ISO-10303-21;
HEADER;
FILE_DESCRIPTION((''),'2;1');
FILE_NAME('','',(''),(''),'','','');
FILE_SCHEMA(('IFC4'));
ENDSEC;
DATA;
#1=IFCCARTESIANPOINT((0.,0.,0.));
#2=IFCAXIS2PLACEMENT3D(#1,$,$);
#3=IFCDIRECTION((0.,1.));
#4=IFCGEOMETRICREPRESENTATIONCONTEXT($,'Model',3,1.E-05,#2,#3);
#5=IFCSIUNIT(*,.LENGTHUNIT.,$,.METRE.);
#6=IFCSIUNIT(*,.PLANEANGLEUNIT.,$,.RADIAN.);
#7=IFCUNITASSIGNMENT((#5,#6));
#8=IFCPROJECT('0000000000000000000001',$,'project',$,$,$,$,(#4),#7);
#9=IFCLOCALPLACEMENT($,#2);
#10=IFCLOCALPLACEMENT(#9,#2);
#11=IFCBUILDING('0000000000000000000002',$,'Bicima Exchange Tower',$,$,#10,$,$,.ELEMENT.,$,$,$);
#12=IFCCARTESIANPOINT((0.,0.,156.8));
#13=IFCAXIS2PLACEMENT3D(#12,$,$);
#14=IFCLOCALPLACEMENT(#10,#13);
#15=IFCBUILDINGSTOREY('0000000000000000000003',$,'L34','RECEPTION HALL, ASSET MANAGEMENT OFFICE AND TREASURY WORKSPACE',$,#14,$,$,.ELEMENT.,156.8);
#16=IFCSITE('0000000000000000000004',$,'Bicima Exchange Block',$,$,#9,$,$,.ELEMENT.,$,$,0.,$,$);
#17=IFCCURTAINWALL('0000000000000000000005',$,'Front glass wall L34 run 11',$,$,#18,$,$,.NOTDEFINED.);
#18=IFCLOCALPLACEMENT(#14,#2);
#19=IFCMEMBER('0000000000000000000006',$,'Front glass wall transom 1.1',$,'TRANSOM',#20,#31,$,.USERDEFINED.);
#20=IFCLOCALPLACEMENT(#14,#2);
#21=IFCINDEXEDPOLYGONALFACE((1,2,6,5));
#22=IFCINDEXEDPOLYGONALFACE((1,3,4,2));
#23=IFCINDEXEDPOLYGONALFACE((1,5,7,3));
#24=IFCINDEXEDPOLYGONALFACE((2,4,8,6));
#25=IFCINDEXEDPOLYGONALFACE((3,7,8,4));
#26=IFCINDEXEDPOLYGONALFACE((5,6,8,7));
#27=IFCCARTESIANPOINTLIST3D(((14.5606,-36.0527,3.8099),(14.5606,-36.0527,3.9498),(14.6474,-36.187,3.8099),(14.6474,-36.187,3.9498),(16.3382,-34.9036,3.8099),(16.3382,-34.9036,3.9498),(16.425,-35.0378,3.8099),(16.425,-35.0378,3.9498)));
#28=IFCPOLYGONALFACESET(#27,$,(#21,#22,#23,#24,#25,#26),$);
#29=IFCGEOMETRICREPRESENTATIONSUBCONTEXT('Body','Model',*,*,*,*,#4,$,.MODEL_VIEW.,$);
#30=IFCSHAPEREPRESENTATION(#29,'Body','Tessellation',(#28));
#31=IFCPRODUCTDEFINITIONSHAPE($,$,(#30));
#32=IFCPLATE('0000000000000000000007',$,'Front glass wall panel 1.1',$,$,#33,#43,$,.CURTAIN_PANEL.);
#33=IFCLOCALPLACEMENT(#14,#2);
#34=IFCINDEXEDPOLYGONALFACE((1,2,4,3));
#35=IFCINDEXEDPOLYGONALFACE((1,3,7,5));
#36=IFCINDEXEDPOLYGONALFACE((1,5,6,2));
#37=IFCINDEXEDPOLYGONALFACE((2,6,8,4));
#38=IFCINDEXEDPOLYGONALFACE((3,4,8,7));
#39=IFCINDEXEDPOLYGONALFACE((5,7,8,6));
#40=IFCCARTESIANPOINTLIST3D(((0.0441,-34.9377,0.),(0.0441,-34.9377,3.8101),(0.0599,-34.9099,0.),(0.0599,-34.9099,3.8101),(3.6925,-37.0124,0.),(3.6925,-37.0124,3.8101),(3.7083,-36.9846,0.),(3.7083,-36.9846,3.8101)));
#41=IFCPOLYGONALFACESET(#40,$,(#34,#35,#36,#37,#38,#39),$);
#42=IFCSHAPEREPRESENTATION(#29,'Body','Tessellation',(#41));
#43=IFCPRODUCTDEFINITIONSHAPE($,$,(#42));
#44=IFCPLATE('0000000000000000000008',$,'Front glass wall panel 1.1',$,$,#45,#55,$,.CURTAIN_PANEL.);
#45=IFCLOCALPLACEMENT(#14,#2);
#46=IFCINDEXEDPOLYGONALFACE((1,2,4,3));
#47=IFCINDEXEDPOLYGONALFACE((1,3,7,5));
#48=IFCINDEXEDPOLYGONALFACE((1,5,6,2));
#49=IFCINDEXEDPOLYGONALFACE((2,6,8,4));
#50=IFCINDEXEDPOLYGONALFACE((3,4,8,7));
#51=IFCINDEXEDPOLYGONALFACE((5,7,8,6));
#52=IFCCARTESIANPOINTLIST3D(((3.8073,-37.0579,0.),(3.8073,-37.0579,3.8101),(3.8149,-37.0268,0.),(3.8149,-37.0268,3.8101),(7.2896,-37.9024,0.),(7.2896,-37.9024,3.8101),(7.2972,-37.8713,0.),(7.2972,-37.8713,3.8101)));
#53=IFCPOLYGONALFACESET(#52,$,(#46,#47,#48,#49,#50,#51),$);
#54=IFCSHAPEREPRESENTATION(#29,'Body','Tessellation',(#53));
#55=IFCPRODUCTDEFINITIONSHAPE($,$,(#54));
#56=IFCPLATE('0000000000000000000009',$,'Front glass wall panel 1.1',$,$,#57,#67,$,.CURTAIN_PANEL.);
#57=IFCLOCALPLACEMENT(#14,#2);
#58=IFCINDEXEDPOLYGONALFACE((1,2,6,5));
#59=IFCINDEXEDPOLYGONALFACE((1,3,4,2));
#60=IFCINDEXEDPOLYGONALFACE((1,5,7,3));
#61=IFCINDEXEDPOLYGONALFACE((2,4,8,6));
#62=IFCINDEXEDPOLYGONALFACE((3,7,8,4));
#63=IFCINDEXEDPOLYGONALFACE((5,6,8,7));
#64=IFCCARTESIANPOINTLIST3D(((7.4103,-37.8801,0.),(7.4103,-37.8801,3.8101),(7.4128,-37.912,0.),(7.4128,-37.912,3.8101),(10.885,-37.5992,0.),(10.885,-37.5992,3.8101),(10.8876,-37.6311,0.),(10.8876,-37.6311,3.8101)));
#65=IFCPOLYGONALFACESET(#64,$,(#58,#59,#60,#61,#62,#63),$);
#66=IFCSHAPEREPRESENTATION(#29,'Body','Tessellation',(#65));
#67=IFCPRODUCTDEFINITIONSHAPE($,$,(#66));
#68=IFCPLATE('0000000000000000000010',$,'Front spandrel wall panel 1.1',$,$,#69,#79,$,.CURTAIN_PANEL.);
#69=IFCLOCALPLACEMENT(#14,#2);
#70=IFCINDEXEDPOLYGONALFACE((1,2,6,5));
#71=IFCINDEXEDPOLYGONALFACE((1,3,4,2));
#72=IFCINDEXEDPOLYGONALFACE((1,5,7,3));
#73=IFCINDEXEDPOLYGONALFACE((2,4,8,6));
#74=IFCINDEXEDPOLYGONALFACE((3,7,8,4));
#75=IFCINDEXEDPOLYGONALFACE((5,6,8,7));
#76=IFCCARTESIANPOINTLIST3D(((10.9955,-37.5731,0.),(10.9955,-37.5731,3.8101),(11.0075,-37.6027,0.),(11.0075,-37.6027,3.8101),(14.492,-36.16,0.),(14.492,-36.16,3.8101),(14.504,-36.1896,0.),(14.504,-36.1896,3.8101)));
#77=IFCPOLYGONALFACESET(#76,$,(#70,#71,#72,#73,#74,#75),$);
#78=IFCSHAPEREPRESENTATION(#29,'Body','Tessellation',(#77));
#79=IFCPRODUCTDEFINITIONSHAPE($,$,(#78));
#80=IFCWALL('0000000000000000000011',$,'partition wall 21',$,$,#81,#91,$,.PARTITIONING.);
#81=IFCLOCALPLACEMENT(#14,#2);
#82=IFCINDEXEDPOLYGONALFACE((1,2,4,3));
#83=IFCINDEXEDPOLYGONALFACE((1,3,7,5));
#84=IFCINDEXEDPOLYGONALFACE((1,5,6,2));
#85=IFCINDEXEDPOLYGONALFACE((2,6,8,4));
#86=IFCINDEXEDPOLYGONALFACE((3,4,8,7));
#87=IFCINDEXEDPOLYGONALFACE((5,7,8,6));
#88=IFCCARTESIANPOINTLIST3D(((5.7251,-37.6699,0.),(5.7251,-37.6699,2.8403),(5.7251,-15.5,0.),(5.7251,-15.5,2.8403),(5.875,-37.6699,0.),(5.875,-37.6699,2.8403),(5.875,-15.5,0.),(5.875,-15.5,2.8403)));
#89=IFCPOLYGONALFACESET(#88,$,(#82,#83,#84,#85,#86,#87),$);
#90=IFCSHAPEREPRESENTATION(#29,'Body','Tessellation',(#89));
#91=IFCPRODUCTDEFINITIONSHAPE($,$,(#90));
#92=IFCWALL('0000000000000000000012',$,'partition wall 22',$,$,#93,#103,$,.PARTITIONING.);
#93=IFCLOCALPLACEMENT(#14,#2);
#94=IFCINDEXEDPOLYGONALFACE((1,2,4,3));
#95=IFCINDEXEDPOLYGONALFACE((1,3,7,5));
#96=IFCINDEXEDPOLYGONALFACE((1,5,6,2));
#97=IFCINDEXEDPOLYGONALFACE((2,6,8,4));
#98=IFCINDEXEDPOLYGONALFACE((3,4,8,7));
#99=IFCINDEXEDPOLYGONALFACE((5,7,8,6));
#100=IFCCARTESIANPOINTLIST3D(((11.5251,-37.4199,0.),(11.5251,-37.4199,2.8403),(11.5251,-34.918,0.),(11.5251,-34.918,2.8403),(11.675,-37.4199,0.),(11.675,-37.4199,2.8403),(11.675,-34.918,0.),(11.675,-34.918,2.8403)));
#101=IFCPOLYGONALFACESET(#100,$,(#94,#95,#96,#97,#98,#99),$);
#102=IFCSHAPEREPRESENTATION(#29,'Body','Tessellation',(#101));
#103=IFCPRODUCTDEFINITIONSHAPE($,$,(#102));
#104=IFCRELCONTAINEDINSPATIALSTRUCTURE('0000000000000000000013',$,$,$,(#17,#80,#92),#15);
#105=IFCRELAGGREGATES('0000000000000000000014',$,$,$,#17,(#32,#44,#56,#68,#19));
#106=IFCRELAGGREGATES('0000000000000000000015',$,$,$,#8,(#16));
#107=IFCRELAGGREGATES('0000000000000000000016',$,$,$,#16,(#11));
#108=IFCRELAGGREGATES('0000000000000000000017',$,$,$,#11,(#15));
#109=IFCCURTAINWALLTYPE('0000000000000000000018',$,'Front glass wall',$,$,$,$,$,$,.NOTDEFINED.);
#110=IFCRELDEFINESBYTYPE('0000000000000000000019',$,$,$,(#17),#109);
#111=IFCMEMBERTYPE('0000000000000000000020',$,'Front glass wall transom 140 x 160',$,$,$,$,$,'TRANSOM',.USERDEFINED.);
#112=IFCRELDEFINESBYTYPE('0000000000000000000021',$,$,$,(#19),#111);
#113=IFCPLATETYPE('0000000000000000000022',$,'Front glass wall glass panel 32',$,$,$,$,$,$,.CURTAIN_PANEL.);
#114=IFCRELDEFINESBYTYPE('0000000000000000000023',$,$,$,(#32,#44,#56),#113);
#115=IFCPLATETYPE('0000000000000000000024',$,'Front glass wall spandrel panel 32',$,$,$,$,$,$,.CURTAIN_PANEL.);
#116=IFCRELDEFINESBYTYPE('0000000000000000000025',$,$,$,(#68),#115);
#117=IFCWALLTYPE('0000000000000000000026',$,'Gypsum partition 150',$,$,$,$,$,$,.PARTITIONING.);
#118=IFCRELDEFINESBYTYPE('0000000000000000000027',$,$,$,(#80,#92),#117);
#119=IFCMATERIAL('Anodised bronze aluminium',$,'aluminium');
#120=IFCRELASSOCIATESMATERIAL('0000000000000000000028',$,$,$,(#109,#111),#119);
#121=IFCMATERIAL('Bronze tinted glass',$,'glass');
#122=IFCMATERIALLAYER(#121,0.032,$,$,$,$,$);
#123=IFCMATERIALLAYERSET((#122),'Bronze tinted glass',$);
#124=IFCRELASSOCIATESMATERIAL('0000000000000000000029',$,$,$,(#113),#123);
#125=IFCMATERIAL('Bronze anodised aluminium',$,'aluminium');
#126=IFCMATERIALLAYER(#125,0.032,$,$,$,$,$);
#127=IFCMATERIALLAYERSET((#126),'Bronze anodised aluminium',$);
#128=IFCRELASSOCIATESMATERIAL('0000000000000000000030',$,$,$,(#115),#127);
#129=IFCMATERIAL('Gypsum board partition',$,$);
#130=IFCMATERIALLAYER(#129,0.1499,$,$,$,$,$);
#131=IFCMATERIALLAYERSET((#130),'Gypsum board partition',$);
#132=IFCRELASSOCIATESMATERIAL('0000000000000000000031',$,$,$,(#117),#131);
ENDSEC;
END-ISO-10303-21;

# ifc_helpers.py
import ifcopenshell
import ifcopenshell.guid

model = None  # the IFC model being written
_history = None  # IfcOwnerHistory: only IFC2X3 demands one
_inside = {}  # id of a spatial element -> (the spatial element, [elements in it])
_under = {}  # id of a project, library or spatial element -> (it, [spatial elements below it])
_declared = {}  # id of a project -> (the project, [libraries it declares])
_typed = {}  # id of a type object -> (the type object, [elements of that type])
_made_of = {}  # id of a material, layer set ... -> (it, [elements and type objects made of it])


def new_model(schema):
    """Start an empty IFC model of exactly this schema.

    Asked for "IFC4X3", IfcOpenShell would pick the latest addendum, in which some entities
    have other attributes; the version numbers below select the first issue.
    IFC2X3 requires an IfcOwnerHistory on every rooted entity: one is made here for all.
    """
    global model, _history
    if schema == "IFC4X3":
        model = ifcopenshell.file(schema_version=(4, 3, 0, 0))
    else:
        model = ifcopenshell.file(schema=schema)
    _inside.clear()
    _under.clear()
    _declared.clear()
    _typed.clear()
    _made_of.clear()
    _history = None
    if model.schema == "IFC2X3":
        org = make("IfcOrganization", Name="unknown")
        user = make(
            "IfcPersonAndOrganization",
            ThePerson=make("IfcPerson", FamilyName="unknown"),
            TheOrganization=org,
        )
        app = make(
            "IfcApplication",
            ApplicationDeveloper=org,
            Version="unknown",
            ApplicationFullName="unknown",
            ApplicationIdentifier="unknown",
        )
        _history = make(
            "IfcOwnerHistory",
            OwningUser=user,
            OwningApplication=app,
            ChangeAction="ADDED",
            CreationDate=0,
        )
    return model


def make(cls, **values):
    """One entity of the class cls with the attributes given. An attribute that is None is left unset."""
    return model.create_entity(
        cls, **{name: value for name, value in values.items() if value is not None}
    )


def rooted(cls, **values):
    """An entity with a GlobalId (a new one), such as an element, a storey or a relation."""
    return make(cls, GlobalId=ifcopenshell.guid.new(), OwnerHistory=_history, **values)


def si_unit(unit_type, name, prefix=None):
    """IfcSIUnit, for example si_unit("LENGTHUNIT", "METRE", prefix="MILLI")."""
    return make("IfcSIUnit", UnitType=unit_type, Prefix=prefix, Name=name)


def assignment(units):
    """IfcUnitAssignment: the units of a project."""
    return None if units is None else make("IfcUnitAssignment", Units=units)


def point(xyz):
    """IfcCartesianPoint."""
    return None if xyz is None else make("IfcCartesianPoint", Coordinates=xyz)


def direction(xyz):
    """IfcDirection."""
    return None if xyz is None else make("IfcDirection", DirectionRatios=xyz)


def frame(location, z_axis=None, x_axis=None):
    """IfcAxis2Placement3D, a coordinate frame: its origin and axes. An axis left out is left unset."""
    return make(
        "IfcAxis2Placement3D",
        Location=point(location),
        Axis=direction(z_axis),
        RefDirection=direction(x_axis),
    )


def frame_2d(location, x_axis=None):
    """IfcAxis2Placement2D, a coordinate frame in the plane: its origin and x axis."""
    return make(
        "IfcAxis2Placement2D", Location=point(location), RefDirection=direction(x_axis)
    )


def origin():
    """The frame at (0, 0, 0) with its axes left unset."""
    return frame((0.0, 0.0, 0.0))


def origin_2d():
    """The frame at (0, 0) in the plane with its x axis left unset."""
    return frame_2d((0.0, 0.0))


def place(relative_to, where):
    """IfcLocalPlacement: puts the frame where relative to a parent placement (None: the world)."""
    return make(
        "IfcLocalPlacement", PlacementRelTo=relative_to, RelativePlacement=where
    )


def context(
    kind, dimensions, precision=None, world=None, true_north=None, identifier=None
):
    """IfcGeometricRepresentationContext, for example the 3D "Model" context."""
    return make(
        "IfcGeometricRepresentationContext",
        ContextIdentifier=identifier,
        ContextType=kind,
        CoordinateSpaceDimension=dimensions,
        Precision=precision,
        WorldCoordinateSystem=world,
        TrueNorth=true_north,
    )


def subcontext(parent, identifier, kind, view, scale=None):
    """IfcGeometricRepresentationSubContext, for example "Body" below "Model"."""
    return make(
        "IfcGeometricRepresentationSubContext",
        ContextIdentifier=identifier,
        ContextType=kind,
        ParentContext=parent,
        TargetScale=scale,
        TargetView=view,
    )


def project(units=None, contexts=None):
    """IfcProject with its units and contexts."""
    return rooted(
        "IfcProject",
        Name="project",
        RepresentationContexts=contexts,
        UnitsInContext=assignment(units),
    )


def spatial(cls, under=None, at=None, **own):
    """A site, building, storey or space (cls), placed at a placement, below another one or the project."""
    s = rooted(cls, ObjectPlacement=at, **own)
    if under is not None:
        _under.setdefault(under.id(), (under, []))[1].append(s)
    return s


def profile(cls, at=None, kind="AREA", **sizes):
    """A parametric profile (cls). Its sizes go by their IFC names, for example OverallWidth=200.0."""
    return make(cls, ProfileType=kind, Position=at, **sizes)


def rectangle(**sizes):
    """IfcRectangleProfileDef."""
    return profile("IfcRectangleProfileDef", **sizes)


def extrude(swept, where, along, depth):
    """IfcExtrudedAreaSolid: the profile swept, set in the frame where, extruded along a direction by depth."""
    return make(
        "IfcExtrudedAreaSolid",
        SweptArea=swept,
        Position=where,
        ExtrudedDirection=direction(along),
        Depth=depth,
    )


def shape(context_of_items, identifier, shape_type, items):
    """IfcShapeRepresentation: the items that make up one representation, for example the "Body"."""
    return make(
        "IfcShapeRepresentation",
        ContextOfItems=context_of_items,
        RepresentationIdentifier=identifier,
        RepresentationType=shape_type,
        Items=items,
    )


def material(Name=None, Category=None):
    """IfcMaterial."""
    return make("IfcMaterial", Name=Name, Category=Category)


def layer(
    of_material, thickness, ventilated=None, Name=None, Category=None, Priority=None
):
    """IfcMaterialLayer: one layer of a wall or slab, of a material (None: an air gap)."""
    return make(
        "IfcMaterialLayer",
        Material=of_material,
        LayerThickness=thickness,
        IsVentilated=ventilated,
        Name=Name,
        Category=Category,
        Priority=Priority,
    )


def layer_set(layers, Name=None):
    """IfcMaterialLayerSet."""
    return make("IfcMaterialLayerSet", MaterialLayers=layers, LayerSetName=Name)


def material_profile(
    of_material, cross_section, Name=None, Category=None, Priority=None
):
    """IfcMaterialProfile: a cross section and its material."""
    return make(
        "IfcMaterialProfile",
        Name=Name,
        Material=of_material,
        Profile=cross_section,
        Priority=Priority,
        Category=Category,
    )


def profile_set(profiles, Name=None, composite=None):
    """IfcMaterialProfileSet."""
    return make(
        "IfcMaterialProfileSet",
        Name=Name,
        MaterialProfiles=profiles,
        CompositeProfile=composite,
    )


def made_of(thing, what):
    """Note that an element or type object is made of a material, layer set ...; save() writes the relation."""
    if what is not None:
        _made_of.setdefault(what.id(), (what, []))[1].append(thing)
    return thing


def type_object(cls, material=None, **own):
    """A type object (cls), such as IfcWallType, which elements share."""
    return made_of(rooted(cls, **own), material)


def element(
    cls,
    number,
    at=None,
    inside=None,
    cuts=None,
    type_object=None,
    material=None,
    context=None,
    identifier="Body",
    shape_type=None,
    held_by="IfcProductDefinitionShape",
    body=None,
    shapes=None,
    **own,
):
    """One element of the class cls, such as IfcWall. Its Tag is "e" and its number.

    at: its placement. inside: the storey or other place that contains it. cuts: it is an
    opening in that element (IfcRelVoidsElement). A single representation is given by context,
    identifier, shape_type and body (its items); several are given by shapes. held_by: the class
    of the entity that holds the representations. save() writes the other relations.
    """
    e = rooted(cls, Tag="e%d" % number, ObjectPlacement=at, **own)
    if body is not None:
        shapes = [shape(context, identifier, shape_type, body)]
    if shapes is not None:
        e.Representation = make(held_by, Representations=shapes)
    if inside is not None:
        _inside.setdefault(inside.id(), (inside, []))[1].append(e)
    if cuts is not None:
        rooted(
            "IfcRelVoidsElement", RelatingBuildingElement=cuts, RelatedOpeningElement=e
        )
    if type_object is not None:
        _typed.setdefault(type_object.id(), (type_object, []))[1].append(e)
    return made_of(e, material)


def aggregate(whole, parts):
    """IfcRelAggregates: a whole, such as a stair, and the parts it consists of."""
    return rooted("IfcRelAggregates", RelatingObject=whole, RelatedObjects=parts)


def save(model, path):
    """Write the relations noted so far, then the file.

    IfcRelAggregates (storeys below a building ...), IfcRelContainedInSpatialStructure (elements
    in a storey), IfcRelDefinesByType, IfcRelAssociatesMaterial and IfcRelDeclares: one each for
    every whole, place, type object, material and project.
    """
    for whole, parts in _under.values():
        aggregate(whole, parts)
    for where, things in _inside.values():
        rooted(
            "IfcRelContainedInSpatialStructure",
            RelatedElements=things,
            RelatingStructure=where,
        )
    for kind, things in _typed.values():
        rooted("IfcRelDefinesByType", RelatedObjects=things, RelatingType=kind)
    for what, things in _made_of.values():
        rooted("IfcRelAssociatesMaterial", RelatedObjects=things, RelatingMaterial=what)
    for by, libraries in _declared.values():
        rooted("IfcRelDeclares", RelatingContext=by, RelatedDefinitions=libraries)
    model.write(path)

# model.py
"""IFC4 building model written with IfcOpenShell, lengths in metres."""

from ifc_helpers import new_model, si_unit, direction, frame, frame_2d, origin, origin_2d, place, context, subcontext, project, spatial, rectangle, extrude, material, layer, layer_set, material_profile, profile_set, type_object, element, aggregate, save


model = new_model("IFC4")

# Units and contexts
model_context = context("Model", 3, precision=1e-05, world=origin(), true_north=direction((0.0, 1.0)))
body_context = subcontext(model_context, "Body", "Model", "MODEL_VIEW")
ifc_project = project(units=[si_unit("LENGTHUNIT", "METRE"), si_unit("PLANEANGLEUNIT", "RADIAN")], contexts=[model_context])

# Site, building, storey
site_placement = place(None, origin())
site = spatial("IfcSite", under=ifc_project, at=site_placement, Name="Bicima Exchange Block", CompositionType="ELEMENT", RefElevation=0.0)
building_placement = place(site_placement, origin())
building = spatial("IfcBuilding", under=site, at=building_placement, Name="Bicima Exchange Tower", CompositionType="ELEMENT")
storey_placement = place(building_placement, frame((0.0, 0.0, 156.8)))
storey = spatial("IfcBuildingStorey", under=building, at=storey_placement, Name="L34", Description="RECEPTION HALL, ASSET MANAGEMENT OFFICE AND TREASURY WORKSPACE", CompositionType="ELEMENT", Elevation=156.8)

# Curtain wall, member, plates
ifc_material_1 = material(Name="Anodised bronze aluminium", Category="aluminium")
curtain_wall_type = type_object("IfcCurtainWallType", Name="Front glass wall", PredefinedType="NOTDEFINED", material=ifc_material_1)
curtain_wall_placement = place(storey_placement, origin())
curtain_wall = element("IfcCurtainWall", 1, at=curtain_wall_placement, inside=storey, type_object=curtain_wall_type, Name="Front glass wall L34 run 11", PredefinedType="NOTDEFINED")
ifc_material_profile_1 = material_profile(ifc_material_1, rectangle(XDim=0.1599, YDim=0.1399, at=origin_2d()))
ifc_profile_set_1 = profile_set([ifc_material_profile_1], Name="Anodised bronze aluminium")
member_type_1 = type_object("IfcMemberType", Name="Front glass wall transom 140 x 160", ElementType="TRANSOM", PredefinedType="USERDEFINED", material=ifc_profile_set_1)
member_1_placement = place(storey_placement, frame((14.604, -36.1199, 3.8799), z_axis=(0.839793, 0.542907, 0.0), x_axis=(-0.542907, 0.839793, 0.0)))
member_1 = element("IfcMember", 2, at=member_1_placement, type_object=member_type_1, Name="Front glass wall transom 1.1", ObjectType="TRANSOM", PredefinedType="USERDEFINED", context=body_context, shape_type="SweptSolid", body=[
    extrude(rectangle(XDim=0.1599, YDim=0.1399, at=origin_2d()), origin(), (0.0, 0.0, 1.0), 2.1167),
])
ifc_material_2 = material(Name="Bronze tinted glass", Category="glass")
ifc_layer_1 = layer(ifc_material_2, 0.032)
ifc_layer_set_1 = layer_set([ifc_layer_1], Name="Bronze tinted glass")
plate_type_1 = type_object("IfcPlateType", Name="Front glass wall glass panel 32", PredefinedType="CURTAIN_PANEL", material=ifc_layer_set_1)
plate_1_placement = place(storey_placement, frame((1.8762, -35.9612, 0.0), z_axis=(0.0, 0.0, 1.0), x_axis=(0.869274, -0.49433, 0.0)))
plate_1 = element("IfcPlate", 3, at=plate_1_placement, type_object=plate_type_1, Name="Front glass wall panel 1.1", PredefinedType="CURTAIN_PANEL", context=body_context, shape_type="SweptSolid", body=[
    extrude(rectangle(XDim=4.197, YDim=0.032, at=origin_2d()), origin(), (0.0, 0.0, 1.0), 3.8101),
])
plate_2_placement = place(storey_placement, frame((5.5522, -37.4646, 0.0), z_axis=(0.0, 0.0, 1.0), x_axis=(0.97183, -0.235682, 0.0)))
plate_2 = element("IfcPlate", 4, at=plate_2_placement, type_object=plate_type_1, Name="Front glass wall panel 1.1", PredefinedType="CURTAIN_PANEL", context=body_context, shape_type="SweptSolid", body=[
    extrude(rectangle(XDim=3.5833, YDim=0.032, at=origin_2d()), origin(), (0.0, 0.0, 1.0), 3.8101),
])
plate_3_placement = place(storey_placement, frame((9.1489, -37.7556, 0.0), z_axis=(0.0, 0.0, 1.0), x_axis=(0.996747, 0.080589, 0.0)))
plate_3 = element("IfcPlate", 5, at=plate_3_placement, type_object=plate_type_1, Name="Front glass wall panel 1.1", PredefinedType="CURTAIN_PANEL", context=body_context, shape_type="SweptSolid", body=[
    extrude(rectangle(XDim=3.4861, YDim=0.032, at=origin_2d()), origin(), (0.0, 0.0, 1.0), 3.8101),
])
ifc_material_3 = material(Name="Bronze anodised aluminium", Category="aluminium")
ifc_layer_2 = layer(ifc_material_3, 0.032)
ifc_layer_set_2 = layer_set([ifc_layer_2], Name="Bronze anodised aluminium")
plate_type_2 = type_object("IfcPlateType", Name="Front glass wall spandrel panel 32", PredefinedType="CURTAIN_PANEL", material=ifc_layer_set_2)
plate_4_placement = place(storey_placement, frame((12.7498, -36.8813, 0.0), z_axis=(0.0, 0.0, 1.0), x_axis=(0.927144, 0.374705, 0.0)))
plate_4 = element("IfcPlate", 6, at=plate_4_placement, type_object=plate_type_2, Name="Front spandrel wall panel 1.1", PredefinedType="CURTAIN_PANEL", context=body_context, shape_type="SweptSolid", body=[
    extrude(rectangle(XDim=3.7712, YDim=0.032, at=origin_2d()), origin(), (0.0, 0.0, 1.0), 3.8101),
])
aggregate(curtain_wall, [plate_1, plate_2, plate_3, plate_4, member_1])

# Walls
ifc_material_4 = material(Name="Gypsum board partition")
ifc_layer_3 = layer(ifc_material_4, 0.1499)
ifc_layer_set_3 = layer_set([ifc_layer_3], Name="Gypsum board partition")
wall_type = type_object("IfcWallType", Name="Gypsum partition 150", PredefinedType="PARTITIONING", material=ifc_layer_set_3)
wall_1_placement = place(storey_placement, frame((5.8, -37.6699, 0.0), z_axis=(0.0, 0.0, 1.0), x_axis=(0.0, 1.0, 0.0)))
element("IfcWall", 7, at=wall_1_placement, inside=storey, type_object=wall_type, Name="partition wall 21", PredefinedType="PARTITIONING", context=body_context, shape_type="SweptSolid", body=[
    extrude(rectangle(XDim=22.1699, YDim=0.1499, at=frame_2d((11.085, 0.0))), origin(), (0.0, 0.0, 1.0), 2.8403),
])
wall_2_placement = place(storey_placement, frame((11.6001, -37.4199, 0.0), z_axis=(0.0, 0.0, 1.0), x_axis=(0.0, 1.0, 0.0)))
element("IfcWall", 8, at=wall_2_placement, inside=storey, type_object=wall_type, Name="partition wall 22", PredefinedType="PARTITIONING", context=body_context, shape_type="SweptSolid", body=[
    extrude(rectangle(XDim=2.502, YDim=0.1499, at=frame_2d((1.251, 0.0))), origin(), (0.0, 0.0, 1.0), 2.8403),
])

save(model, "model.ifc")
